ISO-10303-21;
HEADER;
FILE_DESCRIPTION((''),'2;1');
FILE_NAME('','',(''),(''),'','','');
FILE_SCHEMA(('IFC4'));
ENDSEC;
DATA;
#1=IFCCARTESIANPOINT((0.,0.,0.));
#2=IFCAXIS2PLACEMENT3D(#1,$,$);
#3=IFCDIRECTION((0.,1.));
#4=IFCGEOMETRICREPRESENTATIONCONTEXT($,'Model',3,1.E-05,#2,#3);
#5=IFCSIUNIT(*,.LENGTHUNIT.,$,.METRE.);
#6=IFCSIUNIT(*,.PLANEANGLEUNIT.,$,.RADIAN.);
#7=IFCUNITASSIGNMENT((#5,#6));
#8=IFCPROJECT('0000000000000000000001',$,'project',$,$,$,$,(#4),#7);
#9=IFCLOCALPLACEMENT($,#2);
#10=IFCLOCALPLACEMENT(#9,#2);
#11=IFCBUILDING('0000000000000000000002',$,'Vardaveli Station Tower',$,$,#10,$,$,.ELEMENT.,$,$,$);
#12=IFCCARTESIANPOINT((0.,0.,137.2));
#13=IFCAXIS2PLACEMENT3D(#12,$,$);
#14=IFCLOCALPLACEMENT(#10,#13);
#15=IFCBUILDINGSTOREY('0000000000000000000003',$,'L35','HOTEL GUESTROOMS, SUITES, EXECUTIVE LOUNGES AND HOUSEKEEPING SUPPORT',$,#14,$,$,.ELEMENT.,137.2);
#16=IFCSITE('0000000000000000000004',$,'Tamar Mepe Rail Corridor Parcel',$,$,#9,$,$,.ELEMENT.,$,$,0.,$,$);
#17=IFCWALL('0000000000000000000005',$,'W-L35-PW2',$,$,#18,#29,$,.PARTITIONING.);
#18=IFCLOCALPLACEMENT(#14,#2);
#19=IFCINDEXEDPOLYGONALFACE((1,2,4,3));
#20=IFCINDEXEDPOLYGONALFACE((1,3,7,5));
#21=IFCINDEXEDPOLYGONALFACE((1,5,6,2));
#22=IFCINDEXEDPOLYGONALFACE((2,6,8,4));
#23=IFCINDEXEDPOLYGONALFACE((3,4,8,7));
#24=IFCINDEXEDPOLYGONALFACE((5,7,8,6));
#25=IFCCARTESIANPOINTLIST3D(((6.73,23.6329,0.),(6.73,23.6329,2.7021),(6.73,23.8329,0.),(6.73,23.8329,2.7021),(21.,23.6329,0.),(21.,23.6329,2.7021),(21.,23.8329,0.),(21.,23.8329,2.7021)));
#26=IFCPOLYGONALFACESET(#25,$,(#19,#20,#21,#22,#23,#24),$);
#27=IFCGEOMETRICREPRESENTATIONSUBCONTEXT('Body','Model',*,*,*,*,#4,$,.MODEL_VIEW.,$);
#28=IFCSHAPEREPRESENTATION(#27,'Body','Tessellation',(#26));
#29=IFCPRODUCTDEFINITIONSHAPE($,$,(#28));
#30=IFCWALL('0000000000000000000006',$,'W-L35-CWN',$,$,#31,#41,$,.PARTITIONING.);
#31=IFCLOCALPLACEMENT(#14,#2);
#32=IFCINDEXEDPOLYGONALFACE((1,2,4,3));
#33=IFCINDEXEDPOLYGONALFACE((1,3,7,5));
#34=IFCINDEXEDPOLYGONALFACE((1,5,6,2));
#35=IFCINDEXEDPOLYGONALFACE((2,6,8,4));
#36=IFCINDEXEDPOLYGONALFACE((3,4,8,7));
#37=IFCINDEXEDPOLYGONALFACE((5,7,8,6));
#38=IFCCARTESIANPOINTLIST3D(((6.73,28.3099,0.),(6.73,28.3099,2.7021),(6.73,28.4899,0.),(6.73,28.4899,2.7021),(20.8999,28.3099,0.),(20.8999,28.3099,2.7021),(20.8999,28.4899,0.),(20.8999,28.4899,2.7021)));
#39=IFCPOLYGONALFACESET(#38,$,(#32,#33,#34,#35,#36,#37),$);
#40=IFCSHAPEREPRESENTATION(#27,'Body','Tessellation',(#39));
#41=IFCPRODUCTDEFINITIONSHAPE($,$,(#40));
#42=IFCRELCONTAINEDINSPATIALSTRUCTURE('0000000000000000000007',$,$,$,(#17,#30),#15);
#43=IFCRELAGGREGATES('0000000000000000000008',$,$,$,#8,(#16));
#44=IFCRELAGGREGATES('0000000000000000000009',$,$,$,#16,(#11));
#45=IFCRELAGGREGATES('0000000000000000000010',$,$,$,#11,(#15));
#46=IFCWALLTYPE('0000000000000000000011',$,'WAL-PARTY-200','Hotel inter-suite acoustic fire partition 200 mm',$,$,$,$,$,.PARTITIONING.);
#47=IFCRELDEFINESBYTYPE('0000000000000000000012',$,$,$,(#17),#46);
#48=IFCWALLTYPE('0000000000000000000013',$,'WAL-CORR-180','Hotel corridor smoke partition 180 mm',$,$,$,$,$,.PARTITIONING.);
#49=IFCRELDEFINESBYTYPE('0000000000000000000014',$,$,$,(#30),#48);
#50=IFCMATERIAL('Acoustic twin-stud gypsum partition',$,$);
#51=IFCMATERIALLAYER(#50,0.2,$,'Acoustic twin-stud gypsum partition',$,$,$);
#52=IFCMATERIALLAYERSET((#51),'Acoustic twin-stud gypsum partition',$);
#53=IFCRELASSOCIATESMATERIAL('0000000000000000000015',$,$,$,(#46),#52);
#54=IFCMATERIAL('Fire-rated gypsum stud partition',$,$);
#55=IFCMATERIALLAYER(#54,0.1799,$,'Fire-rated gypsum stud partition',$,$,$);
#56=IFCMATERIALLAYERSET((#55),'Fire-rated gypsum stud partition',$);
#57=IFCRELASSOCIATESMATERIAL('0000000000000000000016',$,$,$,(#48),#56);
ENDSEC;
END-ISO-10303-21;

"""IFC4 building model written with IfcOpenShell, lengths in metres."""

from ifc_helpers import new_model, si_unit, direction, frame, frame_2d, origin, place, context, subcontext, project, spatial, rectangle, extrude, source, transform, mapped, material, layer, layer_set, type_object, element, save


model = new_model("IFC4")

# Units and contexts
model_context = context("Model", 3, precision=1e-05, world=origin(), true_north=direction((0.0, 1.0)))
body_context = subcontext(model_context, "Body", "Model", "MODEL_VIEW")
ifc_project = project(units=[si_unit("LENGTHUNIT", "METRE"), si_unit("PLANEANGLEUNIT", "RADIAN")], contexts=[model_context])

# Site, building, storey
site_placement = place(None, origin())
site = spatial("IfcSite", under=ifc_project, at=site_placement, Name="Tamar Mepe Rail Corridor Parcel", CompositionType="ELEMENT", RefElevation=0.0)
building_placement = place(site_placement, origin())
building = spatial("IfcBuilding", under=site, at=building_placement, Name="Vardaveli Station Tower", CompositionType="ELEMENT")
storey_placement = place(building_placement, frame((0.0, 0.0, 137.2)))
storey = spatial("IfcBuildingStorey", under=building, at=storey_placement, Name="L35", Description="HOTEL GUESTROOMS, SUITES, EXECUTIVE LOUNGES AND HOUSEKEEPING SUPPORT", CompositionType="ELEMENT", Elevation=137.2)

# Walls
ifc_material_1 = material(Name="Acoustic twin-stud gypsum partition")
ifc_layer_1 = layer(ifc_material_1, 0.2, Name="Acoustic twin-stud gypsum partition")
ifc_layer_set_1 = layer_set([ifc_layer_1], Name="Acoustic twin-stud gypsum partition")
wall_type_1 = type_object("IfcWallType", Name="WAL-PARTY-200", Description="Hotel inter-suite acoustic fire partition 200 mm", PredefinedType="PARTITIONING", material=ifc_layer_set_1)
shared_shape_1 = source(origin(), body_context, "Body", "SweptSolid", [
    extrude(rectangle(XDim=14.27, YDim=0.2, at=frame_2d((7.135, 0.0))), origin(), (0.0, 0.0, 1.0), 2.7021),
])
wall_1_placement = place(storey_placement, frame((6.73, 23.7329, 0.0), z_axis=(0.0, 0.0, 1.0), x_axis=(1.0, 0.0, 0.0)))
element("IfcWall", 1, at=wall_1_placement, inside=storey, type_object=wall_type_1, Name="W-L35-PW2", PredefinedType="PARTITIONING", context=body_context, shape_type="MappedRepresentation", body=[
    mapped(shared_shape_1, transform((0.0, 0.0, 0.0), scale=1.0)),
])
ifc_material_2 = material(Name="Fire-rated gypsum stud partition")
ifc_layer_2 = layer(ifc_material_2, 0.1799, Name="Fire-rated gypsum stud partition")
ifc_layer_set_2 = layer_set([ifc_layer_2], Name="Fire-rated gypsum stud partition")
wall_type_2 = type_object("IfcWallType", Name="WAL-CORR-180", Description="Hotel corridor smoke partition 180 mm", PredefinedType="PARTITIONING", material=ifc_layer_set_2)
shared_shape_2 = source(origin(), body_context, "Body", "SweptSolid", [
    extrude(rectangle(XDim=14.1699, YDim=0.1799, at=frame_2d((7.085, 0.0))), origin(), (0.0, 0.0, 1.0), 2.7021),
])
wall_2_placement = place(storey_placement, frame((6.73, 28.3999, 0.0), z_axis=(0.0, 0.0, 1.0), x_axis=(1.0, 0.0, 0.0)))
element("IfcWall", 2, at=wall_2_placement, inside=storey, type_object=wall_type_2, Name="W-L35-CWN", PredefinedType="PARTITIONING", context=body_context, shape_type="MappedRepresentation", body=[
    mapped(shared_shape_2, transform((0.0, 0.0, 0.0), scale=1.0)),
])

save(model, "model.ifc")
